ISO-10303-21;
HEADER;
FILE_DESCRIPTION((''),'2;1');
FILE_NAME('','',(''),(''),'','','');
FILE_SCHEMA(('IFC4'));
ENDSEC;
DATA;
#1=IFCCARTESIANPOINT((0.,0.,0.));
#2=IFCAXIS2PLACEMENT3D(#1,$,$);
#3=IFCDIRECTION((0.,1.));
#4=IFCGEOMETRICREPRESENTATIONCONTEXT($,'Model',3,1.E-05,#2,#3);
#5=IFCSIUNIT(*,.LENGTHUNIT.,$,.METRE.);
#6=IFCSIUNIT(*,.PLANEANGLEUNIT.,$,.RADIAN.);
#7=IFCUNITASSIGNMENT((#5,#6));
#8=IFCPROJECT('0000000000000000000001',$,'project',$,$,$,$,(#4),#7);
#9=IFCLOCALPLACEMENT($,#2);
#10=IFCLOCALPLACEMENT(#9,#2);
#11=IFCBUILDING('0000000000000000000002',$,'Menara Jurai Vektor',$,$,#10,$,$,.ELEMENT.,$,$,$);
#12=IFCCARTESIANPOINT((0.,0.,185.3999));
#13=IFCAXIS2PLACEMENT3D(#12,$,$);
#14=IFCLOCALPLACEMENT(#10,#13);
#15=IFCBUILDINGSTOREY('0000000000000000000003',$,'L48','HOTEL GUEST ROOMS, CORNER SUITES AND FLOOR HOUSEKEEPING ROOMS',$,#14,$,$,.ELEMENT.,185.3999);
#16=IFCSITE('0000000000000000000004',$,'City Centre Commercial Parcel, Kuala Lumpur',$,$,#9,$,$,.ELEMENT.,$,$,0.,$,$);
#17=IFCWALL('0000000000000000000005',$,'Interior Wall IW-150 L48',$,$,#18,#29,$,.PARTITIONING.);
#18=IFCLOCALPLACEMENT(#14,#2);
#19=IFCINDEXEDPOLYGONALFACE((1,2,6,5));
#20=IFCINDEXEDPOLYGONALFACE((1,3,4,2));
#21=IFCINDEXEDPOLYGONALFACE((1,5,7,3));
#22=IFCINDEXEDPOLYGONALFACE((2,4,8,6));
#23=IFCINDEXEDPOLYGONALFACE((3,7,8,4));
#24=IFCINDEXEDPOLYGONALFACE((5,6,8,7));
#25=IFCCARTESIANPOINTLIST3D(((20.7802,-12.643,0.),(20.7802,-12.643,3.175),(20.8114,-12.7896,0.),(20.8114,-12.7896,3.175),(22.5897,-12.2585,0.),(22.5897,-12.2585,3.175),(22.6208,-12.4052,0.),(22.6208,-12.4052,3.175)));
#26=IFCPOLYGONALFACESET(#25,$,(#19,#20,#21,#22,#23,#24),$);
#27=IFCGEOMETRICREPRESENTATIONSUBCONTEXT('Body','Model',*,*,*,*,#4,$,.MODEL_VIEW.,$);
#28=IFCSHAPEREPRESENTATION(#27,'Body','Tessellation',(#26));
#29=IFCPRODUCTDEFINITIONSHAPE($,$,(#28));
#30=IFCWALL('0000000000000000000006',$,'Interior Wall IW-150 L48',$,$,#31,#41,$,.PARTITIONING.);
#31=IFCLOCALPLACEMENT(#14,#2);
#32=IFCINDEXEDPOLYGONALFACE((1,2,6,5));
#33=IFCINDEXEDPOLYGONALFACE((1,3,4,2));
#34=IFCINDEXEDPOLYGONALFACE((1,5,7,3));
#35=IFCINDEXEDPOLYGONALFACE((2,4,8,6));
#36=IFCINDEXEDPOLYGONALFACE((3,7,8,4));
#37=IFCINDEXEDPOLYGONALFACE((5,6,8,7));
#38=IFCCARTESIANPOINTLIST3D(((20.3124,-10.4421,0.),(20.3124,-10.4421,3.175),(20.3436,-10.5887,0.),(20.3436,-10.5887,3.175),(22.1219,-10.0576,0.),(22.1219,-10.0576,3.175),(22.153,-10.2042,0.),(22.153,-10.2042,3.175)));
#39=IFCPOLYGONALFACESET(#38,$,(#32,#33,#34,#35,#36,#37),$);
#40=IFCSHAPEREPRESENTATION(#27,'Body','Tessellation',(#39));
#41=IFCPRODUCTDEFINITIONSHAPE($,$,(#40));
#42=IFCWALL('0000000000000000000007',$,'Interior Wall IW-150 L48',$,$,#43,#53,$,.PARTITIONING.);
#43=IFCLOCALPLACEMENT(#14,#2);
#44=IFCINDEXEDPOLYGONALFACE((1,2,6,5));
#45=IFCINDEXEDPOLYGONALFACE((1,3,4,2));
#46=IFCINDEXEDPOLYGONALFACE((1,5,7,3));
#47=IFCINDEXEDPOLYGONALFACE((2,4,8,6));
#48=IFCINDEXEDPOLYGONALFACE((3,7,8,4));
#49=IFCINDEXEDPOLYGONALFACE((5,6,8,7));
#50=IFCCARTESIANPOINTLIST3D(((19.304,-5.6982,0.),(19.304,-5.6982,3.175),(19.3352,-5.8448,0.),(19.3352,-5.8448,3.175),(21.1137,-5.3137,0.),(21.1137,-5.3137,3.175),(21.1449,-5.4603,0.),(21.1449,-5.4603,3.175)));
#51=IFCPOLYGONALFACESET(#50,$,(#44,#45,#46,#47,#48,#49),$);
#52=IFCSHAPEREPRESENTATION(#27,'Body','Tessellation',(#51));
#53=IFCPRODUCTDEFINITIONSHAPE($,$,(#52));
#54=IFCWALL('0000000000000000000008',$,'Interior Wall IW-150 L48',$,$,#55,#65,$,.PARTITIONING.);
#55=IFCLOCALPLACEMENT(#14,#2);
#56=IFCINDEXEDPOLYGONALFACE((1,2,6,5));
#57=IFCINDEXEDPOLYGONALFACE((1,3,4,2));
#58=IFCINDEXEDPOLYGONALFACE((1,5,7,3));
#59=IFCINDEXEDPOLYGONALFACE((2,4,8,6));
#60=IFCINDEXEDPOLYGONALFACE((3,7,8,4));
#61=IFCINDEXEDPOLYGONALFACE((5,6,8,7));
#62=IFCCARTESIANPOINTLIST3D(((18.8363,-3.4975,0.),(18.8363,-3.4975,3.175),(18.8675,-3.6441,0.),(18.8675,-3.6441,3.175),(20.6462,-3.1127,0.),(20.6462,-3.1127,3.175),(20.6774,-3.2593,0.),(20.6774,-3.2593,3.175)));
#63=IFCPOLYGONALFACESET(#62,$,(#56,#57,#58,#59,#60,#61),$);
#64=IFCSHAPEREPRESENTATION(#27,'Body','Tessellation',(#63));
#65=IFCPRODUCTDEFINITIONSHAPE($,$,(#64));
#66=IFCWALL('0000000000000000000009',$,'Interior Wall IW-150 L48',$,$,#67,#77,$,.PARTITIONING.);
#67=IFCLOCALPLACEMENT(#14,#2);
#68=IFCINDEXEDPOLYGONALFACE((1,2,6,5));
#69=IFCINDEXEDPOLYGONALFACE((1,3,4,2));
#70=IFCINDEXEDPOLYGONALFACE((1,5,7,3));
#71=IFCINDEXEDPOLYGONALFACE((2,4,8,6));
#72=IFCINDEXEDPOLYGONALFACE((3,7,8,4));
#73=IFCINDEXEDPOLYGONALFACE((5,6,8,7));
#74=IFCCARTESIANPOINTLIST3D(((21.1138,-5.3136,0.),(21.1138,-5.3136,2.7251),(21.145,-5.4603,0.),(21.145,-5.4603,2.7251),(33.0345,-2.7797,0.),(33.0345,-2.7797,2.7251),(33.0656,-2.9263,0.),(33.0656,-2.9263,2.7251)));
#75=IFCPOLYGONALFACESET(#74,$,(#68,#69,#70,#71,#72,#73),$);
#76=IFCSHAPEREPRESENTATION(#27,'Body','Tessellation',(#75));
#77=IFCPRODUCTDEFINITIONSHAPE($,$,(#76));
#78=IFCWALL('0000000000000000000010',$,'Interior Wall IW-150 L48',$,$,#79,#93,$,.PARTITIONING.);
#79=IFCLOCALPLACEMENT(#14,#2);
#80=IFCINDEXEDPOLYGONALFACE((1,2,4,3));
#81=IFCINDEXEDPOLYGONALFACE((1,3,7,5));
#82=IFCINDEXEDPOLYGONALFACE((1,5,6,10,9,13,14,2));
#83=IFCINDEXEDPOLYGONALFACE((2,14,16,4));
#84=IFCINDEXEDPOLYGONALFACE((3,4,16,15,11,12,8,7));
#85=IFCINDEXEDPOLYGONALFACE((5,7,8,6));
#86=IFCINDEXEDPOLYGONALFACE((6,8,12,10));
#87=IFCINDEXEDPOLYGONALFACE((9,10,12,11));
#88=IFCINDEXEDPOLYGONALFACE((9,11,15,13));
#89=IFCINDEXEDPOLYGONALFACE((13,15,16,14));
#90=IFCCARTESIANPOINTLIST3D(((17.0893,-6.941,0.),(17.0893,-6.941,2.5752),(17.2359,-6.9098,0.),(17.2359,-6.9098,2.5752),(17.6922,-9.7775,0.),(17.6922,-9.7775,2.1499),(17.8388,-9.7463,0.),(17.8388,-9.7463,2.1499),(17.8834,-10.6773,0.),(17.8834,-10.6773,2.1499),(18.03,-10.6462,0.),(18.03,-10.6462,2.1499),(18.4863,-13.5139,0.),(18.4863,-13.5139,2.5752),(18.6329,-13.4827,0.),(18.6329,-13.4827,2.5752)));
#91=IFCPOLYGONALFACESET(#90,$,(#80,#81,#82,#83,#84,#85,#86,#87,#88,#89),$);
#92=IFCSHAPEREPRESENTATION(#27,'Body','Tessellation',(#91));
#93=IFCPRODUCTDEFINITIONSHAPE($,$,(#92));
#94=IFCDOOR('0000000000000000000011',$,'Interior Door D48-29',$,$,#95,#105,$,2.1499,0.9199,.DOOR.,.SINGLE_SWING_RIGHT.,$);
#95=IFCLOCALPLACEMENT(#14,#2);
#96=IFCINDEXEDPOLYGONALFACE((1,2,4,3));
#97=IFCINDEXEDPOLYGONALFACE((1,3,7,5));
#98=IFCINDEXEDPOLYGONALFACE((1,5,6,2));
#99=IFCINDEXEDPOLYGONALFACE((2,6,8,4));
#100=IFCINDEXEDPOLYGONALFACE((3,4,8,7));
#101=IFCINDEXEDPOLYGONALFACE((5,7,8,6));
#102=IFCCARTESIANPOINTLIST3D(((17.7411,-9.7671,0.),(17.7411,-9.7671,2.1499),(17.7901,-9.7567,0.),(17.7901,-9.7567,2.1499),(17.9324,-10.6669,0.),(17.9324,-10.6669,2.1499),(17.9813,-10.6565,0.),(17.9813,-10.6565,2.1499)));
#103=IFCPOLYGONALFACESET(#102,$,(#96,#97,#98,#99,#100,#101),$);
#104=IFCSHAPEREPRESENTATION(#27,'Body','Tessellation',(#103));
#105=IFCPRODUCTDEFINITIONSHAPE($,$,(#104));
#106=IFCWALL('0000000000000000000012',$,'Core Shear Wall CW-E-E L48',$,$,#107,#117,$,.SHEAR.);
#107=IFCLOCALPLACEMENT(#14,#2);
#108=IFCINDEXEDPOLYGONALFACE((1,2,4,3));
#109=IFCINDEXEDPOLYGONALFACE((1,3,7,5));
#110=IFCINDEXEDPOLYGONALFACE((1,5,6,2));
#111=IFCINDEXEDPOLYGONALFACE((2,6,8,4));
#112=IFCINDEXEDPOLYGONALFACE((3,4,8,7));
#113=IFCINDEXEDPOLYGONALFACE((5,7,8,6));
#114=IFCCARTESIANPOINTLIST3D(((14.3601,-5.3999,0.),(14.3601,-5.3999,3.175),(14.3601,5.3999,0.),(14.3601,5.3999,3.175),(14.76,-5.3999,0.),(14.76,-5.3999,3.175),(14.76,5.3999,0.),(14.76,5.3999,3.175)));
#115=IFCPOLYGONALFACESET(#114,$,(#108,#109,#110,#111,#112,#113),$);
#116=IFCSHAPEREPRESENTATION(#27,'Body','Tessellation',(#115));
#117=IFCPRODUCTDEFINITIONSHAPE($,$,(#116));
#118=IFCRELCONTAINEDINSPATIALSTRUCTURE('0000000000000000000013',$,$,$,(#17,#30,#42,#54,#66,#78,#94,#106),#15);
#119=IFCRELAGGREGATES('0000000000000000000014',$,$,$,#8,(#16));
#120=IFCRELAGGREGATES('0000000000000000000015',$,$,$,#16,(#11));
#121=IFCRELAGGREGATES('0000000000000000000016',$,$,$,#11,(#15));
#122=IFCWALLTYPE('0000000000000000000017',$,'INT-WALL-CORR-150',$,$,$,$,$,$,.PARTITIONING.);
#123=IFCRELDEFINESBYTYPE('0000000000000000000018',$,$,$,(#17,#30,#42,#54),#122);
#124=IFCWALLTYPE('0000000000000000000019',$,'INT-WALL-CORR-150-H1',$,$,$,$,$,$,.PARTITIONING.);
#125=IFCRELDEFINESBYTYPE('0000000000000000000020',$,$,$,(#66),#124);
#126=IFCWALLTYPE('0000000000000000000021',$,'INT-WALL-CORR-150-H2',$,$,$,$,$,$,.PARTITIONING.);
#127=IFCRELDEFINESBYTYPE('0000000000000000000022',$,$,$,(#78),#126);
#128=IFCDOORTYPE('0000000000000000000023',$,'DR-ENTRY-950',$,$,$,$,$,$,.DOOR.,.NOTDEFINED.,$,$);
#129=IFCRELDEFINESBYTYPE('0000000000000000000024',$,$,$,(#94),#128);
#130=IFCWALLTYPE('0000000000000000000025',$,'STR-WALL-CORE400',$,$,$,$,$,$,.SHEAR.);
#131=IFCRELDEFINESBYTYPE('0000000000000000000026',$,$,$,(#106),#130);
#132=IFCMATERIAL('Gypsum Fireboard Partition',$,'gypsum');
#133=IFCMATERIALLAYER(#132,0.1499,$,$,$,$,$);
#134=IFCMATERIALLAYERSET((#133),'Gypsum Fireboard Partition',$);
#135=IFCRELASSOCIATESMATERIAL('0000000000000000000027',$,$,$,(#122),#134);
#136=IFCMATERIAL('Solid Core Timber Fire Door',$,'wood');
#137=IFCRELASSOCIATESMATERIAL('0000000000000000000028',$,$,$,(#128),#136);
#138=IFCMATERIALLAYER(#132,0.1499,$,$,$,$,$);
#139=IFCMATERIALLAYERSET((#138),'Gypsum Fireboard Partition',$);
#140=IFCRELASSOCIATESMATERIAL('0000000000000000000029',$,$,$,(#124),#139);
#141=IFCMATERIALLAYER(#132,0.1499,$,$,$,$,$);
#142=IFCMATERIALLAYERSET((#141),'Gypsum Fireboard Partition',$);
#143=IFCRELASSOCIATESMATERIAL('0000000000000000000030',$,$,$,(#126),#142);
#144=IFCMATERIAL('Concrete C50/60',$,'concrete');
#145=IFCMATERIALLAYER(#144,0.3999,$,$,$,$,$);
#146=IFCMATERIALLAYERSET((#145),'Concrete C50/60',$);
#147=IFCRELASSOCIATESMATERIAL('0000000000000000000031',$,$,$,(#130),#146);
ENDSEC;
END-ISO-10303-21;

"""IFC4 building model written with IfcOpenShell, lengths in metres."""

from ifc_helpers import new_model, si_unit, direction, frame, frame_2d, origin, place, context, subcontext, project, spatial, rectangle, extrude, material, layer, layer_set, type_object, element, fill, save


model = new_model("IFC4")

# Units and contexts
model_context = context("Model", 3, precision=1e-05, world=origin(), true_north=direction((0.0, 1.0)))
body_context = subcontext(model_context, "Body", "Model", "MODEL_VIEW")
ifc_project = project(units=[si_unit("LENGTHUNIT", "METRE"), si_unit("PLANEANGLEUNIT", "RADIAN")], contexts=[model_context])

# Site, building, storey
site_placement = place(None, origin())
site = spatial("IfcSite", under=ifc_project, at=site_placement, Name="City Centre Commercial Parcel, Kuala Lumpur", CompositionType="ELEMENT", RefElevation=0.0)
building_placement = place(site_placement, origin())
building = spatial("IfcBuilding", under=site, at=building_placement, Name="Menara Jurai Vektor", CompositionType="ELEMENT")
storey_placement = place(building_placement, frame((0.0, 0.0, 185.3999)))
storey = spatial("IfcBuildingStorey", under=building, at=storey_placement, Name="L48", Description="HOTEL GUEST ROOMS, CORNER SUITES AND FLOOR HOUSEKEEPING ROOMS", CompositionType="ELEMENT", Elevation=185.3999)

# Shared definitions
ifc_material_1 = material(Name="Concrete C50/60", Category="concrete")

# Shared definitions
ifc_material_2 = material(Name="Gypsum Fireboard Partition", Category="gypsum")
ifc_layer_1 = layer(ifc_material_2, 0.1499)
ifc_layer_set_1 = layer_set([ifc_layer_1], Name="Gypsum Fireboard Partition")
wall_type_1 = type_object("IfcWallType", Name="INT-WALL-CORR-150", PredefinedType="PARTITIONING", material=ifc_layer_set_1)

# Shared definitions
ifc_material_3 = material(Name="Solid Core Timber Fire Door", Category="wood")
door_type = type_object("IfcDoorType", Name="DR-ENTRY-950", OperationType="NOTDEFINED", PredefinedType="DOOR", material=ifc_material_3)

# Walls
for number, where, z_axis, x_axis, name in (
    (1, (20.7959, -12.7163, 0.0), (0.0, 0.0, 1.0), (0.97816, 0.207852, 0.0), "Interior Wall IW-150 L48"),
    (2, (20.3281, -10.5154, 0.0), (0.0, 0.0, 1.0), (0.97816, 0.207852, 0.0), "Interior Wall IW-150 L48"),
):
    element("IfcWall", number, at=place(storey_placement, frame(where, z_axis=z_axis, x_axis=x_axis)), inside=storey, type_object=wall_type_1, Name=name, PredefinedType="PARTITIONING", context=body_context, shape_type="SweptSolid", body=[
        extrude(rectangle(XDim=1.8499, YDim=0.1499, at=frame_2d((0.9248, 0.0))), origin(), (0.0, 0.0, 1.0), 3.175),
    ])
wall_1_placement = place(storey_placement, frame((19.3196, -5.7715, 0.0), z_axis=(0.0, 0.0, 1.0), x_axis=(0.978166, 0.207826, 0.0)))
element("IfcWall", 3, at=wall_1_placement, inside=storey, type_object=wall_type_1, Name="Interior Wall IW-150 L48", PredefinedType="PARTITIONING", context=body_context, shape_type="SweptSolid", body=[
    extrude(rectangle(XDim=1.8501, YDim=0.1499, at=frame_2d((0.925, 0.0))), origin(), (0.0, 0.0, 1.0), 3.175),
])
wall_2_placement = place(storey_placement, frame((18.8518, -3.5708, 0.0), z_axis=(0.0, 0.0, 1.0), x_axis=(0.978139, 0.207952, 0.0)))
element("IfcWall", 4, at=wall_2_placement, inside=storey, type_object=wall_type_1, Name="Interior Wall IW-150 L48", PredefinedType="PARTITIONING", context=body_context, shape_type="SweptSolid", body=[
    extrude(rectangle(XDim=1.8503, YDim=0.1499, at=frame_2d((0.9253, 0.0))), origin(), (0.0, 0.0, 1.0), 3.175),
])
ifc_layer_2 = layer(ifc_material_2, 0.1499)
ifc_layer_set_2 = layer_set([ifc_layer_2], Name="Gypsum Fireboard Partition")
wall_type_2 = type_object("IfcWallType", Name="INT-WALL-CORR-150-H1", PredefinedType="PARTITIONING", material=ifc_layer_set_2)
wall_3_placement = place(storey_placement, frame((21.1294, -5.387, 0.0), z_axis=(0.0, 0.0, 1.0), x_axis=(0.978146, 0.207921, 0.0)))
element("IfcWall", 5, at=wall_3_placement, inside=storey, type_object=wall_type_2, Name="Interior Wall IW-150 L48", PredefinedType="PARTITIONING", context=body_context, shape_type="SweptSolid", body=[
    extrude(rectangle(XDim=12.187, YDim=0.1499, at=frame_2d((6.0935, 0.0))), origin(), (0.0, 0.0, 1.0), 2.7251),
])

# Wall, opening, door
ifc_layer_3 = layer(ifc_material_2, 0.1499)
ifc_layer_set_3 = layer_set([ifc_layer_3], Name="Gypsum Fireboard Partition")
wall_type_3 = type_object("IfcWallType", Name="INT-WALL-CORR-150-H2", PredefinedType="PARTITIONING", material=ifc_layer_set_3)
wall_4_placement = place(storey_placement, frame((18.5596, -13.4983, 0.0), z_axis=(0.0, 0.0, 1.0), x_axis=(-0.207889, 0.978152, 0.0)))
wall_4 = element("IfcWall", 6, at=wall_4_placement, inside=storey, type_object=wall_type_3, Name="Interior Wall IW-150 L48", PredefinedType="PARTITIONING", context=body_context, shape_type="SweptSolid", body=[
    extrude(rectangle(XDim=6.7197, YDim=0.1499, at=frame_2d((3.3599, 0.0))), origin(), (0.0, 0.0, 1.0), 2.5752),
])
opening_1_placement = place(wall_4_placement, frame((2.8999, 0.0, 0.0)))
opening_1 = element("IfcOpeningElement", 7, at=opening_1_placement, cuts=wall_4, PredefinedType="OPENING", context=body_context, shape_type="SweptSolid", body=[
    extrude(rectangle(XDim=0.9199, YDim=2.1499, at=frame_2d((0.46, 1.075))), frame((0.0, 0.085, 0.0), z_axis=(0.0, -1.0, 0.0), x_axis=(1.0, 0.0, 0.0)), (0.0, 0.0, 1.0), 0.1699),
])
door_1_placement = place(opening_1_placement, origin())
door_1 = element("IfcDoor", 8, at=door_1_placement, inside=storey, type_object=door_type, Name="Interior Door D48-29", OperationType="SINGLE_SWING_RIGHT", OverallHeight=2.1499, OverallWidth=0.9199, PredefinedType="DOOR", context=body_context, shape_type="SweptSolid", body=[
    extrude(rectangle(XDim=0.9199, YDim=2.1499, at=frame_2d((0.46, 1.075))), frame((0.0, 0.0249, 0.0), z_axis=(0.0, -1.0, 0.0), x_axis=(1.0, 0.0, 0.0)), (0.0, 0.0, 1.0), 0.05),
])
fill(opening_1, door_1)

# Wall
ifc_layer_4 = layer(ifc_material_1, 0.3999)
ifc_layer_set_4 = layer_set([ifc_layer_4], Name="Concrete C50/60")
wall_type_4 = type_object("IfcWallType", Name="STR-WALL-CORE400", PredefinedType="SHEAR", material=ifc_layer_set_4)
wall_5_placement = place(storey_placement, frame((14.5601, -5.3999, 0.0), z_axis=(0.0, 0.0, 1.0), x_axis=(0.0, 1.0, 0.0)))
element("IfcWall", 9, at=wall_5_placement, inside=storey, type_object=wall_type_4, Name="Core Shear Wall CW-E-E L48", PredefinedType="SHEAR", context=body_context, shape_type="SweptSolid", body=[
    extrude(rectangle(XDim=10.7998, YDim=0.3999, at=frame_2d((5.3999, 0.0))), origin(), (0.0, 0.0, 1.0), 3.175),
])

save(model, "model.ifc")
